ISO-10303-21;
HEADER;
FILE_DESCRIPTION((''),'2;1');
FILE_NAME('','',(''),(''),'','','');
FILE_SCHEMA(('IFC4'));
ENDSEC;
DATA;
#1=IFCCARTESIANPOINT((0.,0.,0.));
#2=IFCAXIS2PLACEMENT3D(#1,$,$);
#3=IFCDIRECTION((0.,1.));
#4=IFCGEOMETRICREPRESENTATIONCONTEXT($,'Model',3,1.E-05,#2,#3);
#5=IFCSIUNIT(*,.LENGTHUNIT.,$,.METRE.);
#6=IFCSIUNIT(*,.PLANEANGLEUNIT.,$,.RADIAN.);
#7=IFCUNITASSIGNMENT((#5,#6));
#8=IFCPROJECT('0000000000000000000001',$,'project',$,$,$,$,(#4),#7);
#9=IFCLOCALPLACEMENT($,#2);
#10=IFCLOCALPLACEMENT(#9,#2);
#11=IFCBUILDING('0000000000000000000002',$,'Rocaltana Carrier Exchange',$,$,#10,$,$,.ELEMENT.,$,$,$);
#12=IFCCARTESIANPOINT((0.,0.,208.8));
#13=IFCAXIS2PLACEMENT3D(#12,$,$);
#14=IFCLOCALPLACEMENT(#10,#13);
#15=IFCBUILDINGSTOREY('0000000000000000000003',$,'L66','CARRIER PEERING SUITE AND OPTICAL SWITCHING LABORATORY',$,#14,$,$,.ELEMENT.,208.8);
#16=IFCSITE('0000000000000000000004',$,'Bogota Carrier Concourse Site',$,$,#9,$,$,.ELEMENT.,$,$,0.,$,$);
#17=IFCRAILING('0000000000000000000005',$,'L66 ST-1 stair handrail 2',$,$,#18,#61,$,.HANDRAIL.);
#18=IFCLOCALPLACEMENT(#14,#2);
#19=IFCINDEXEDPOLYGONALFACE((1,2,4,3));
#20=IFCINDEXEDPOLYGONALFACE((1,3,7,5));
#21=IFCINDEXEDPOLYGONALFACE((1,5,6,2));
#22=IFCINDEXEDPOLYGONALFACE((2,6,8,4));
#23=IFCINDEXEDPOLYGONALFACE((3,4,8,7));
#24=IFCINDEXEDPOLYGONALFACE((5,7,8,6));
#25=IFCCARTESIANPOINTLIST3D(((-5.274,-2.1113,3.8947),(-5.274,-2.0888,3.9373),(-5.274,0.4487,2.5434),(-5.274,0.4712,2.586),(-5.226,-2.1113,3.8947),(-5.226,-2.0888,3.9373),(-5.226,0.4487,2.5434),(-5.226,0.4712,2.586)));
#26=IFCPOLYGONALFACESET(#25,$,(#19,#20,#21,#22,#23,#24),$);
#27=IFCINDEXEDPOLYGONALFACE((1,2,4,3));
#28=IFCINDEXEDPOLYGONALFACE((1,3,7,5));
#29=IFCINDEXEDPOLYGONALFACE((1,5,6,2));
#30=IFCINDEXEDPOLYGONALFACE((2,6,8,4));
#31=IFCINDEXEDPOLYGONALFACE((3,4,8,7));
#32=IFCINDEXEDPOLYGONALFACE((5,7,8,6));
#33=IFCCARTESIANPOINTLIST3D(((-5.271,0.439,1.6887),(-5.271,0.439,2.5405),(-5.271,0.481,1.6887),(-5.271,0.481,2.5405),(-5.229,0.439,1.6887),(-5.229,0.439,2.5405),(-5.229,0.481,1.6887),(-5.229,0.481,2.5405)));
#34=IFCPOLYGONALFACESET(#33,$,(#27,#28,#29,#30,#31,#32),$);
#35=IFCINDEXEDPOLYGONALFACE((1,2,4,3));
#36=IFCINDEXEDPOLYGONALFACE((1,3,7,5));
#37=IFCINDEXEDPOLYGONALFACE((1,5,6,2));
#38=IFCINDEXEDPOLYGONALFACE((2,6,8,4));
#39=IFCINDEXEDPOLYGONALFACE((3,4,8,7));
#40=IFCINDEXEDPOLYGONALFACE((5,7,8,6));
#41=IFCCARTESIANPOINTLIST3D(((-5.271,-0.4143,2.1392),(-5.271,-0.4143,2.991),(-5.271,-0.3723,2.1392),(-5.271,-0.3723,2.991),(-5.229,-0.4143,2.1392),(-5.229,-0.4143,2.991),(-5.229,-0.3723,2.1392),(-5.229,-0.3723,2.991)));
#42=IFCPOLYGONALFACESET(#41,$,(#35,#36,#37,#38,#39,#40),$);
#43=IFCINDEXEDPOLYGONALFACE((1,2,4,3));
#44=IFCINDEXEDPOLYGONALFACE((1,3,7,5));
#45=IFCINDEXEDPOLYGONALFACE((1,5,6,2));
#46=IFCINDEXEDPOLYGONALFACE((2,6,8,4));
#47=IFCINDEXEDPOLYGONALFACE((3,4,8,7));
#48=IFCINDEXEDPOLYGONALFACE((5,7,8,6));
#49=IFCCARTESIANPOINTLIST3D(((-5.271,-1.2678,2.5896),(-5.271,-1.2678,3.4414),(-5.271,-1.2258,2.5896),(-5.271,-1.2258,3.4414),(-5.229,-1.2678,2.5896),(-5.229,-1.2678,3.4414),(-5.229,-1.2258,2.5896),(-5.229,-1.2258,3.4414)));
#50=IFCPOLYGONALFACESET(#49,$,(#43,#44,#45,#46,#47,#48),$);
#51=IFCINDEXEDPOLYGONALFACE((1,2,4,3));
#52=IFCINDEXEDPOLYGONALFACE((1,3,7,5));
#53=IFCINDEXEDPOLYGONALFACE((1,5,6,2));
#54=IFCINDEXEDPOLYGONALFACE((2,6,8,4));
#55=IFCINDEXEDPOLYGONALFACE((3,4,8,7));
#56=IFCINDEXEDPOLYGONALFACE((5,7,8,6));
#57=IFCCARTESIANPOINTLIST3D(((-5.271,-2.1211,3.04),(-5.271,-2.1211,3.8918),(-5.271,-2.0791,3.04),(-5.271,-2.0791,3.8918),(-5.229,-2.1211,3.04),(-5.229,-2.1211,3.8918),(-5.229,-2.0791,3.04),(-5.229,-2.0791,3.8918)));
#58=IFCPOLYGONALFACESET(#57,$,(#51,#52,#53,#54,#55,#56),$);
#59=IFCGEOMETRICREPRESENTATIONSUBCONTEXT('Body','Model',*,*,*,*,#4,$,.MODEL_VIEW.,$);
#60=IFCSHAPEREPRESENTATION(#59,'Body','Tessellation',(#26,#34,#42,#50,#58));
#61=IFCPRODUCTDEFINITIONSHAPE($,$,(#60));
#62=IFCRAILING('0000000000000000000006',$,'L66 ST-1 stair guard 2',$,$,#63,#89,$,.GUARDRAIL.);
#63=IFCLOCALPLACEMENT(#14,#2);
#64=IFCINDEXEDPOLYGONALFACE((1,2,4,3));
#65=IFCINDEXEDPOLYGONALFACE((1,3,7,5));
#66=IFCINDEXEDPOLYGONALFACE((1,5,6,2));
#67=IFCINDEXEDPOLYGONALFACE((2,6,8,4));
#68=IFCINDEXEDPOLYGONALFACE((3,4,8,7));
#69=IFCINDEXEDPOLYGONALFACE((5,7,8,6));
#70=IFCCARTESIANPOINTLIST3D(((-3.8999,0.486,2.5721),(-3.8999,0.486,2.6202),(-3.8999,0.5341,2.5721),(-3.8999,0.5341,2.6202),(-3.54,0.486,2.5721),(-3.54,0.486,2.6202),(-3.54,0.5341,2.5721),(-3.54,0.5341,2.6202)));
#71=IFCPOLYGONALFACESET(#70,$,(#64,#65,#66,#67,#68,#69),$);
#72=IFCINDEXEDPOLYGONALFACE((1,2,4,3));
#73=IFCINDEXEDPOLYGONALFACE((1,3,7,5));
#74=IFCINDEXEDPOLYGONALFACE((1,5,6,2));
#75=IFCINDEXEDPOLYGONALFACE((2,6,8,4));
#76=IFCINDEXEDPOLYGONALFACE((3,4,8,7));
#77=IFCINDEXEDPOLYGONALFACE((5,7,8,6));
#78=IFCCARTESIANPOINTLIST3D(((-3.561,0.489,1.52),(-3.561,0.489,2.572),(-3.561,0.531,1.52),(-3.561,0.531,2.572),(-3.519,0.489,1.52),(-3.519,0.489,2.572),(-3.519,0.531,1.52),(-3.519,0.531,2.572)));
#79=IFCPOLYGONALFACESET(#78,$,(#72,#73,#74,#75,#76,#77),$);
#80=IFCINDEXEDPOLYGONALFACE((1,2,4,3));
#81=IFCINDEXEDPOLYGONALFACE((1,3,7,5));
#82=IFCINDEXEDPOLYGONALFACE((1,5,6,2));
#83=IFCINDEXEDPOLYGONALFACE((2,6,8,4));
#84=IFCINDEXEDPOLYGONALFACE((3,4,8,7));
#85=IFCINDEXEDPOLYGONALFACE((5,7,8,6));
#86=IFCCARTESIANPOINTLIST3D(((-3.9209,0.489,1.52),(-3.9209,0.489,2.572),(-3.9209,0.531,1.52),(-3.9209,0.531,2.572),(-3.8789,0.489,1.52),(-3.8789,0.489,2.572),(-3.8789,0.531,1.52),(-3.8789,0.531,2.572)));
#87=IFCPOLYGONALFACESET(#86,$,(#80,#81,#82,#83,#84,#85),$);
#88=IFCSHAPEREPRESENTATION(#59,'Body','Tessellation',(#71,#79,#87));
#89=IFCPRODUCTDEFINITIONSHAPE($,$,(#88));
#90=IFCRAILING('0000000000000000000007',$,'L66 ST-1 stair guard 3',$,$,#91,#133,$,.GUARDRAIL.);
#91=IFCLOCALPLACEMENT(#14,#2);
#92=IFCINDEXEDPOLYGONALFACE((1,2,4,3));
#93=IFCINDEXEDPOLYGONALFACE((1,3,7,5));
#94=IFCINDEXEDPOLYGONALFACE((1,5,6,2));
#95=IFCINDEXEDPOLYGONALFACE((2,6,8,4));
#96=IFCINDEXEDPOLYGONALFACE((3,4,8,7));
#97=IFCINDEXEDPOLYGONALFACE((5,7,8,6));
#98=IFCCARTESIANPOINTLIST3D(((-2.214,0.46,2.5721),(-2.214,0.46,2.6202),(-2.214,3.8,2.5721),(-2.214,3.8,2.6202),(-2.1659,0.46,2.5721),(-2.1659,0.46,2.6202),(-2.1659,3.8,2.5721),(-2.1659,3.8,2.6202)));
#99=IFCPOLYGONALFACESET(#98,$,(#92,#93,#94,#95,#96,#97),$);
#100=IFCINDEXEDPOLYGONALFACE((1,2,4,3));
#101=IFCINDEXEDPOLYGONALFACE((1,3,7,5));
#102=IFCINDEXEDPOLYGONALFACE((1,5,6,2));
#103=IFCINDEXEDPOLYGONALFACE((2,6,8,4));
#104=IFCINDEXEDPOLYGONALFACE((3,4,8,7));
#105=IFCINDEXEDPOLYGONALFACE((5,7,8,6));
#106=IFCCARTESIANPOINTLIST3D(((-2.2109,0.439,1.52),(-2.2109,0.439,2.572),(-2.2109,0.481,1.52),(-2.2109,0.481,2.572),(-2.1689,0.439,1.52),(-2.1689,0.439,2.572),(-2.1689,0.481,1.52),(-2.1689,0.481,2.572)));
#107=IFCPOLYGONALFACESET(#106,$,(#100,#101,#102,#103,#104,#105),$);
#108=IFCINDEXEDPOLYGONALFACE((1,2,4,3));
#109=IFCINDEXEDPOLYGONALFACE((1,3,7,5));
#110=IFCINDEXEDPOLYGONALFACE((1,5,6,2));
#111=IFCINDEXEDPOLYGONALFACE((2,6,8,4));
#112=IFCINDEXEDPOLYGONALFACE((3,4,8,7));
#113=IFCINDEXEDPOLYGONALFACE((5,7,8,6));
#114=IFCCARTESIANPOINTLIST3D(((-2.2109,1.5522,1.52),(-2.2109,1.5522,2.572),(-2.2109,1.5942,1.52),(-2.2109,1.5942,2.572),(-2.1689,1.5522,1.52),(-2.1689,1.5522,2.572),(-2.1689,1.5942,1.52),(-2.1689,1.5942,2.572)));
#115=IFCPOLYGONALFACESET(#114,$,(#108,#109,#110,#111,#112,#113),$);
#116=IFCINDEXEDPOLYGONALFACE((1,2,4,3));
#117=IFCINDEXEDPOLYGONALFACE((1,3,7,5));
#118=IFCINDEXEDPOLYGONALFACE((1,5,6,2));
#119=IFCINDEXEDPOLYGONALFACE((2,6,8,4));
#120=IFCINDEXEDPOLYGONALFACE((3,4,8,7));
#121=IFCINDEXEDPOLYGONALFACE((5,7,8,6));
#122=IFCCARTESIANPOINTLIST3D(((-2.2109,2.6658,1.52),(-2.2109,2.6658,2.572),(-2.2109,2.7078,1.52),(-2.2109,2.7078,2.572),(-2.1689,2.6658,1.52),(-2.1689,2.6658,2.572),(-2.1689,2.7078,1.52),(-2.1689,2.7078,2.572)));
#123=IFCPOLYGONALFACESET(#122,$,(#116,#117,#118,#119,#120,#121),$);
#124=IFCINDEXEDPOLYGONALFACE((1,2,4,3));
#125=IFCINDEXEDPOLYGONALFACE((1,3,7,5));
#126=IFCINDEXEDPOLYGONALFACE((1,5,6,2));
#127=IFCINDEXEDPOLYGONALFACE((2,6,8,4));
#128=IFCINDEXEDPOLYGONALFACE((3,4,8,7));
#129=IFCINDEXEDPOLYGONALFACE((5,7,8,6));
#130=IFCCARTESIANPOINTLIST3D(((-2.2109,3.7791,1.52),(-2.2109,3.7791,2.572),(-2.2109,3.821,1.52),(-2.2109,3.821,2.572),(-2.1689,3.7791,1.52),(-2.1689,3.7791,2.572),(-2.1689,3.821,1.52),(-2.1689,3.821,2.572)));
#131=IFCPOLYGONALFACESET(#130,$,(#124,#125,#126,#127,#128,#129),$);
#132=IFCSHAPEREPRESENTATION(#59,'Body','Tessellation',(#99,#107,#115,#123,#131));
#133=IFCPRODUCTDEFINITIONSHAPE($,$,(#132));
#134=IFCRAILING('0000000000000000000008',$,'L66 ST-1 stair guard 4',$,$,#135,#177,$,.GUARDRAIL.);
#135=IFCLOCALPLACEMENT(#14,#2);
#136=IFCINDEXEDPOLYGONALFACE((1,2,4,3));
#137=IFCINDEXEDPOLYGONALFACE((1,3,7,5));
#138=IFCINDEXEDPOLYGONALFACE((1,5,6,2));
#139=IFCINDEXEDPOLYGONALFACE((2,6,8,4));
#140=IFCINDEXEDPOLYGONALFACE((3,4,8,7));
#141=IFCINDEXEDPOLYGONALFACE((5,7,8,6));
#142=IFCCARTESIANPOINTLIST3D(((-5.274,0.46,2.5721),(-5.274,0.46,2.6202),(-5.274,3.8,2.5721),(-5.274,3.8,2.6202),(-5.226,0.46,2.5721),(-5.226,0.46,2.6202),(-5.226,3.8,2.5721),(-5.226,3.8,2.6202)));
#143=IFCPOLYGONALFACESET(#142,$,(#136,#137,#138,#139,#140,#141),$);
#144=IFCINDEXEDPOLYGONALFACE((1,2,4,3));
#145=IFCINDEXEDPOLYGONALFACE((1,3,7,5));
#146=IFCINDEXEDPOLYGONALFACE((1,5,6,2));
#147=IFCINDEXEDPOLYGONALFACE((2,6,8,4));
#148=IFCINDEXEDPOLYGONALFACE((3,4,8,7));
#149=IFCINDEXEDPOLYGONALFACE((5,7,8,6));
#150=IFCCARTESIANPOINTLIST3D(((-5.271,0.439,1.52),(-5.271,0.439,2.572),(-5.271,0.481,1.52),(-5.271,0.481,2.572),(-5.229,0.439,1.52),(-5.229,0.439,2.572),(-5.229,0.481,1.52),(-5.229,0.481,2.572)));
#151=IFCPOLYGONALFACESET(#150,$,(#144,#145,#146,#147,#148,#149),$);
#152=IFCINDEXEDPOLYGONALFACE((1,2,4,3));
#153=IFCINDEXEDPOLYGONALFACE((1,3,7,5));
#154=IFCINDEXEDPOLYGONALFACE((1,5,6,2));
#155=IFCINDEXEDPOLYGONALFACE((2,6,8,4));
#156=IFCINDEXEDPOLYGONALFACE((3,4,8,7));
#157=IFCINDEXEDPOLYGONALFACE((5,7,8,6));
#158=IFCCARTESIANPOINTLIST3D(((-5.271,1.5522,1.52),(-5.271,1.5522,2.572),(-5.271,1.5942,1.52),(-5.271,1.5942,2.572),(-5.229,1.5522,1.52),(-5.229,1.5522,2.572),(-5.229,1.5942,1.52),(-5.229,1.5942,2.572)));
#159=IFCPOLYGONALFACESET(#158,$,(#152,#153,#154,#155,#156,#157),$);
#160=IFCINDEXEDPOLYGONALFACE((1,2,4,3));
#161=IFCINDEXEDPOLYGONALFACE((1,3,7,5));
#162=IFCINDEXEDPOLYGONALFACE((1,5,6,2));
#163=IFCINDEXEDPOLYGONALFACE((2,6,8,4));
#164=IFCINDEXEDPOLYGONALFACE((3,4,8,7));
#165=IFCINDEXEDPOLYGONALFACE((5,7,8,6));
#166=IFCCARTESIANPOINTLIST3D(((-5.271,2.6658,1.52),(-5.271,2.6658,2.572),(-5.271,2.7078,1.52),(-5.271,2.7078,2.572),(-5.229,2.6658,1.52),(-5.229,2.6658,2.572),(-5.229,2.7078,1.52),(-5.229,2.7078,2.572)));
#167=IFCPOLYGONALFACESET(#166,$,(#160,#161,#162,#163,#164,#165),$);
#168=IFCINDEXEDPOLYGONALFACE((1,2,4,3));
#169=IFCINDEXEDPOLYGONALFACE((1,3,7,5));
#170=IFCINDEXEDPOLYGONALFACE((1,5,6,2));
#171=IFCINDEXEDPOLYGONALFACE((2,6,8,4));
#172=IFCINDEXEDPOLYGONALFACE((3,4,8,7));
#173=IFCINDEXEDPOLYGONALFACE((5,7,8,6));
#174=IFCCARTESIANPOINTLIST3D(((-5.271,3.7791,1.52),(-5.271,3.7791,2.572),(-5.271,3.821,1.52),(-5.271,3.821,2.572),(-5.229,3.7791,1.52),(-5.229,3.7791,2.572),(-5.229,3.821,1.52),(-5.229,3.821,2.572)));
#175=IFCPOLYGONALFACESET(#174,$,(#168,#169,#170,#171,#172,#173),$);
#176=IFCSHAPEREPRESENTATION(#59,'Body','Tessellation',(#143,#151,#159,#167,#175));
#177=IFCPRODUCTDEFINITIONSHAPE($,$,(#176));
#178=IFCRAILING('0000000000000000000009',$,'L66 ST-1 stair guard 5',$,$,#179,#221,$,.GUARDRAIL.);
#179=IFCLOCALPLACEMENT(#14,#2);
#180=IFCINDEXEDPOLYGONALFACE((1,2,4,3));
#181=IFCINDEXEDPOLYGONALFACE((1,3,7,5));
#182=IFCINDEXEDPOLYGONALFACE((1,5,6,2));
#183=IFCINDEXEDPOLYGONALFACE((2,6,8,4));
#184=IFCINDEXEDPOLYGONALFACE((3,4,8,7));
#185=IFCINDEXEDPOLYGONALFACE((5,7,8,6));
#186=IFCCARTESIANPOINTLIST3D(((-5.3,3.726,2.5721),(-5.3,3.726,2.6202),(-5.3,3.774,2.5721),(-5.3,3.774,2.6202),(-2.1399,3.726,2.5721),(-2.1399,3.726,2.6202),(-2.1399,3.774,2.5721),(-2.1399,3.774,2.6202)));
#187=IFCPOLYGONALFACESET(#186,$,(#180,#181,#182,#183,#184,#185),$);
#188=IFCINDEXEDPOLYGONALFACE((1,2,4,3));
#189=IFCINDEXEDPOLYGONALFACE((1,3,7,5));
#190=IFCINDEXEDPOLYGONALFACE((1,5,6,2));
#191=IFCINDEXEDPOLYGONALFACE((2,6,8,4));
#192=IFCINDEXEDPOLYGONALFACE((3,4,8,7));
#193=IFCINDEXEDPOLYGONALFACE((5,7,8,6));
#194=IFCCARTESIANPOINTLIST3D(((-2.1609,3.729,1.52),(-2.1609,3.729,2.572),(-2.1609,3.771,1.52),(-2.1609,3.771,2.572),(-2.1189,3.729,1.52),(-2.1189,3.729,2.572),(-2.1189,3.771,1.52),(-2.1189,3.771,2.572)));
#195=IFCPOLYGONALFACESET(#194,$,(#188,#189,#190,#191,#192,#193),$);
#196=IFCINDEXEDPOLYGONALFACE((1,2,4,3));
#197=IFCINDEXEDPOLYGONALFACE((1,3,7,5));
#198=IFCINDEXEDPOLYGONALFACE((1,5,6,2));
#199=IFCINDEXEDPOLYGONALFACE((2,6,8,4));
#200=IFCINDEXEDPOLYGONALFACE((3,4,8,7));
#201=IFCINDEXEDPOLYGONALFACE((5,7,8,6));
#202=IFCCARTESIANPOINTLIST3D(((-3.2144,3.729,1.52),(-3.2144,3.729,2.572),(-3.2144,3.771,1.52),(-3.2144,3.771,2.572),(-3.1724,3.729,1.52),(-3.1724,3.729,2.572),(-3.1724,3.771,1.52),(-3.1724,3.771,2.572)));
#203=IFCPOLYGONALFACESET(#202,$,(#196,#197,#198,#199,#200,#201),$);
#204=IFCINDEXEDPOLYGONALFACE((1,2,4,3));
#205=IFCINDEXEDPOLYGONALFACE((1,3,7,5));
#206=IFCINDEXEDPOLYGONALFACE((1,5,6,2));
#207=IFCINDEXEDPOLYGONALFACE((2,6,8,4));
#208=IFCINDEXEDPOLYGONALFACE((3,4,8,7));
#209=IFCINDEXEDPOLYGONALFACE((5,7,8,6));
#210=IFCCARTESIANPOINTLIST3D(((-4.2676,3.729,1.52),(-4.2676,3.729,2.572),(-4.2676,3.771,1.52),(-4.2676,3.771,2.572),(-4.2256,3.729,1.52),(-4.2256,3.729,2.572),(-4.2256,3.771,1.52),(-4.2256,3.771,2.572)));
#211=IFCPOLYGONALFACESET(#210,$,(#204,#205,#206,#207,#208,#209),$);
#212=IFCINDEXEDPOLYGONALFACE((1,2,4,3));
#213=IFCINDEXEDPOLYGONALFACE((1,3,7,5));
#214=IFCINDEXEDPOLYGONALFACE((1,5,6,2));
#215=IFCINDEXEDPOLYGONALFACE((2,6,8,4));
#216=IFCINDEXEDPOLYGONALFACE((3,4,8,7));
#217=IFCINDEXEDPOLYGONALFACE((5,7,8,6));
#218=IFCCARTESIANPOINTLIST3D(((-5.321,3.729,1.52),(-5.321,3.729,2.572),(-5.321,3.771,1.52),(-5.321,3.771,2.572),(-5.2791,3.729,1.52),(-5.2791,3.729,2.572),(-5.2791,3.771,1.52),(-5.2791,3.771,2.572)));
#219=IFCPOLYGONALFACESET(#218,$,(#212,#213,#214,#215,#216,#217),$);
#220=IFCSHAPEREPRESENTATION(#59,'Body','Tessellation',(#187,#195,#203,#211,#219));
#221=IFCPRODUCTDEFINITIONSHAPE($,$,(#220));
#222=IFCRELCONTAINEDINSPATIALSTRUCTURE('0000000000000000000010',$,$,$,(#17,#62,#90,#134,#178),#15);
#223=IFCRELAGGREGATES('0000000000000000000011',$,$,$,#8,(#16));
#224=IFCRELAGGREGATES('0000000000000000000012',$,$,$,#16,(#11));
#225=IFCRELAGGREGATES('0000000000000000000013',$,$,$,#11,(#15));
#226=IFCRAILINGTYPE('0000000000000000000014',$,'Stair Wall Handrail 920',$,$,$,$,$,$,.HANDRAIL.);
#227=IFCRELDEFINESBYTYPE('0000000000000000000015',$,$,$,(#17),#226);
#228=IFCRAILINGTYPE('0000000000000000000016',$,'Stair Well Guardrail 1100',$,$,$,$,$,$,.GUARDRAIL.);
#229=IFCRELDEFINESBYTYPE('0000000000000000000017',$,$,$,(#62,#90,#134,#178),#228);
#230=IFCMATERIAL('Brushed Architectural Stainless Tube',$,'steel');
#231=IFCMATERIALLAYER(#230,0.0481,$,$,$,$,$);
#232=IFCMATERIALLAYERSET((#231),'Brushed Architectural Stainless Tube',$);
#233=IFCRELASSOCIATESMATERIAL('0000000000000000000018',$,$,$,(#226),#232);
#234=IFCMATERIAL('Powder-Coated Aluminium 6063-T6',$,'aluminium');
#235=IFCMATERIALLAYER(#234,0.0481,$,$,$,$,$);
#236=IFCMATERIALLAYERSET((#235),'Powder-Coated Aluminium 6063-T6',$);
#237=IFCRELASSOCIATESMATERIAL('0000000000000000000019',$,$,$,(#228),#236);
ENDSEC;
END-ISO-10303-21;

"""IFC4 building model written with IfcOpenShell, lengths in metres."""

from ifc_helpers import new_model, si_unit, direction, frame, origin, origin_2d, place, context, subcontext, project, spatial, rectangle, extrude, material, layer, layer_set, type_object, element, save


model = new_model("IFC4")

# Units and contexts
model_context = context("Model", 3, precision=1e-05, world=origin(), true_north=direction((0.0, 1.0)))
body_context = subcontext(model_context, "Body", "Model", "MODEL_VIEW")
ifc_project = project(units=[si_unit("LENGTHUNIT", "METRE"), si_unit("PLANEANGLEUNIT", "RADIAN")], contexts=[model_context])

# Site, building, storey
site_placement = place(None, origin())
site = spatial("IfcSite", under=ifc_project, at=site_placement, Name="Bogota Carrier Concourse Site", CompositionType="ELEMENT", RefElevation=0.0)
building_placement = place(site_placement, origin())
building = spatial("IfcBuilding", under=site, at=building_placement, Name="Rocaltana Carrier Exchange", CompositionType="ELEMENT")
storey_placement = place(building_placement, frame((0.0, 0.0, 208.8)))
storey = spatial("IfcBuildingStorey", under=building, at=storey_placement, Name="L66", Description="CARRIER PEERING SUITE AND OPTICAL SWITCHING LABORATORY", CompositionType="ELEMENT", Elevation=208.8)

# Railings
ifc_material_1 = material(Name="Brushed Architectural Stainless Tube", Category="steel")
ifc_layer_1 = layer(ifc_material_1, 0.0481)
ifc_layer_set_1 = layer_set([ifc_layer_1], Name="Brushed Architectural Stainless Tube")
railing_type_1 = type_object("IfcRailingType", Name="Stair Wall Handrail 920", PredefinedType="HANDRAIL", material=ifc_layer_set_1)
railing_1_placement = place(storey_placement, frame((-5.25, 0.46, 1.6887)))
element("IfcRailing", 1, at=railing_1_placement, inside=storey, type_object=railing_type_1, Name="L66 ST-1 stair handrail 2", PredefinedType="HANDRAIL", context=body_context, shape_type="SweptSolid", body=[
    extrude(rectangle(XDim=0.0481, YDim=0.0481, at=origin_2d()), frame((0.0, 0.0, 0.876), z_axis=(0.0, -0.88436, 0.466806), x_axis=(1.0, 0.0, 0.0)), (0.0, 0.0, 1.0), 2.8948),
    extrude(rectangle(XDim=0.042, YDim=0.042, at=origin_2d()), origin(), (0.0, 0.0, 1.0), 0.8518),
    extrude(rectangle(XDim=0.042, YDim=0.042, at=origin_2d()), frame((0.0, -0.8533, 0.4504)), (0.0, 0.0, 1.0), 0.8518),
    extrude(rectangle(XDim=0.042, YDim=0.042, at=origin_2d()), frame((0.0, -1.7068, 0.9009)), (0.0, 0.0, 1.0), 0.8518),
    extrude(rectangle(XDim=0.042, YDim=0.042, at=origin_2d()), frame((0.0, -2.5601, 1.3513)), (0.0, 0.0, 1.0), 0.8518),
])
ifc_material_2 = material(Name="Powder-Coated Aluminium 6063-T6", Category="aluminium")
ifc_layer_2 = layer(ifc_material_2, 0.0481)
ifc_layer_set_2 = layer_set([ifc_layer_2], Name="Powder-Coated Aluminium 6063-T6")
railing_type_2 = type_object("IfcRailingType", Name="Stair Well Guardrail 1100", PredefinedType="GUARDRAIL", material=ifc_layer_set_2)
railing_2_placement = place(storey_placement, frame((-3.54, 0.51, 1.52)))
element("IfcRailing", 2, at=railing_2_placement, inside=storey, type_object=railing_type_2, Name="L66 ST-1 stair guard 2", PredefinedType="GUARDRAIL", context=body_context, shape_type="SweptSolid", body=[
    extrude(rectangle(XDim=0.0481, YDim=0.0481, at=origin_2d()), frame((0.0, 0.0, 1.0762), z_axis=(-1.0, 0.0, 0.0), x_axis=(0.0, -1.0, 0.0)), (0.0, 0.0, 1.0), 0.3599),
    extrude(rectangle(XDim=0.042, YDim=0.042, at=origin_2d()), origin(), (0.0, 0.0, 1.0), 1.052),
    extrude(rectangle(XDim=0.042, YDim=0.042, at=origin_2d()), frame((-0.3599, 0.0, 0.0)), (0.0, 0.0, 1.0), 1.052),
])
for number, where, name in (
    (3, (-2.1899, 0.46, 1.52), "L66 ST-1 stair guard 3"),
    (4, (-5.25, 0.46, 1.52), "L66 ST-1 stair guard 4"),
):
    element("IfcRailing", number, at=place(storey_placement, frame(where)), inside=storey, type_object=railing_type_2, Name=name, PredefinedType="GUARDRAIL", context=body_context, shape_type="SweptSolid", body=[
        extrude(rectangle(XDim=0.0481, YDim=0.0481, at=origin_2d()), frame((0.0, 0.0, 1.0762), z_axis=(0.0, 1.0, 0.0), x_axis=(-1.0, 0.0, 0.0)), (0.0, 0.0, 1.0), 3.3401),
        extrude(rectangle(XDim=0.042, YDim=0.042, at=origin_2d()), origin(), (0.0, 0.0, 1.0), 1.052),
        extrude(rectangle(XDim=0.042, YDim=0.042, at=origin_2d()), frame((0.0, 1.1133, 0.0)), (0.0, 0.0, 1.0), 1.052),
        extrude(rectangle(XDim=0.042, YDim=0.042, at=origin_2d()), frame((0.0, 2.2268, 0.0)), (0.0, 0.0, 1.0), 1.052),
        extrude(rectangle(XDim=0.042, YDim=0.042, at=origin_2d()), frame((0.0, 3.3401, 0.0)), (0.0, 0.0, 1.0), 1.052),
    ])
railing_3_placement = place(storey_placement, frame((-2.1399, 3.75, 1.52)))
element("IfcRailing", 5, at=railing_3_placement, inside=storey, type_object=railing_type_2, Name="L66 ST-1 stair guard 5", PredefinedType="GUARDRAIL", context=body_context, shape_type="SweptSolid", body=[
    extrude(rectangle(XDim=0.0481, YDim=0.0481, at=origin_2d()), frame((0.0, 0.0, 1.0762), z_axis=(-1.0, 0.0, 0.0), x_axis=(0.0, -1.0, 0.0)), (0.0, 0.0, 1.0), 3.1602),
    extrude(rectangle(XDim=0.042, YDim=0.042, at=origin_2d()), origin(), (0.0, 0.0, 1.0), 1.052),
    extrude(rectangle(XDim=0.042, YDim=0.042, at=origin_2d()), frame((-1.0535, 0.0, 0.0)), (0.0, 0.0, 1.0), 1.052),
    extrude(rectangle(XDim=0.042, YDim=0.042, at=origin_2d()), frame((-2.1067, 0.0, 0.0)), (0.0, 0.0, 1.0), 1.052),
    extrude(rectangle(XDim=0.042, YDim=0.042, at=origin_2d()), frame((-3.1602, 0.0, 0.0)), (0.0, 0.0, 1.0), 1.052),
])

save(model, "model.ifc")
